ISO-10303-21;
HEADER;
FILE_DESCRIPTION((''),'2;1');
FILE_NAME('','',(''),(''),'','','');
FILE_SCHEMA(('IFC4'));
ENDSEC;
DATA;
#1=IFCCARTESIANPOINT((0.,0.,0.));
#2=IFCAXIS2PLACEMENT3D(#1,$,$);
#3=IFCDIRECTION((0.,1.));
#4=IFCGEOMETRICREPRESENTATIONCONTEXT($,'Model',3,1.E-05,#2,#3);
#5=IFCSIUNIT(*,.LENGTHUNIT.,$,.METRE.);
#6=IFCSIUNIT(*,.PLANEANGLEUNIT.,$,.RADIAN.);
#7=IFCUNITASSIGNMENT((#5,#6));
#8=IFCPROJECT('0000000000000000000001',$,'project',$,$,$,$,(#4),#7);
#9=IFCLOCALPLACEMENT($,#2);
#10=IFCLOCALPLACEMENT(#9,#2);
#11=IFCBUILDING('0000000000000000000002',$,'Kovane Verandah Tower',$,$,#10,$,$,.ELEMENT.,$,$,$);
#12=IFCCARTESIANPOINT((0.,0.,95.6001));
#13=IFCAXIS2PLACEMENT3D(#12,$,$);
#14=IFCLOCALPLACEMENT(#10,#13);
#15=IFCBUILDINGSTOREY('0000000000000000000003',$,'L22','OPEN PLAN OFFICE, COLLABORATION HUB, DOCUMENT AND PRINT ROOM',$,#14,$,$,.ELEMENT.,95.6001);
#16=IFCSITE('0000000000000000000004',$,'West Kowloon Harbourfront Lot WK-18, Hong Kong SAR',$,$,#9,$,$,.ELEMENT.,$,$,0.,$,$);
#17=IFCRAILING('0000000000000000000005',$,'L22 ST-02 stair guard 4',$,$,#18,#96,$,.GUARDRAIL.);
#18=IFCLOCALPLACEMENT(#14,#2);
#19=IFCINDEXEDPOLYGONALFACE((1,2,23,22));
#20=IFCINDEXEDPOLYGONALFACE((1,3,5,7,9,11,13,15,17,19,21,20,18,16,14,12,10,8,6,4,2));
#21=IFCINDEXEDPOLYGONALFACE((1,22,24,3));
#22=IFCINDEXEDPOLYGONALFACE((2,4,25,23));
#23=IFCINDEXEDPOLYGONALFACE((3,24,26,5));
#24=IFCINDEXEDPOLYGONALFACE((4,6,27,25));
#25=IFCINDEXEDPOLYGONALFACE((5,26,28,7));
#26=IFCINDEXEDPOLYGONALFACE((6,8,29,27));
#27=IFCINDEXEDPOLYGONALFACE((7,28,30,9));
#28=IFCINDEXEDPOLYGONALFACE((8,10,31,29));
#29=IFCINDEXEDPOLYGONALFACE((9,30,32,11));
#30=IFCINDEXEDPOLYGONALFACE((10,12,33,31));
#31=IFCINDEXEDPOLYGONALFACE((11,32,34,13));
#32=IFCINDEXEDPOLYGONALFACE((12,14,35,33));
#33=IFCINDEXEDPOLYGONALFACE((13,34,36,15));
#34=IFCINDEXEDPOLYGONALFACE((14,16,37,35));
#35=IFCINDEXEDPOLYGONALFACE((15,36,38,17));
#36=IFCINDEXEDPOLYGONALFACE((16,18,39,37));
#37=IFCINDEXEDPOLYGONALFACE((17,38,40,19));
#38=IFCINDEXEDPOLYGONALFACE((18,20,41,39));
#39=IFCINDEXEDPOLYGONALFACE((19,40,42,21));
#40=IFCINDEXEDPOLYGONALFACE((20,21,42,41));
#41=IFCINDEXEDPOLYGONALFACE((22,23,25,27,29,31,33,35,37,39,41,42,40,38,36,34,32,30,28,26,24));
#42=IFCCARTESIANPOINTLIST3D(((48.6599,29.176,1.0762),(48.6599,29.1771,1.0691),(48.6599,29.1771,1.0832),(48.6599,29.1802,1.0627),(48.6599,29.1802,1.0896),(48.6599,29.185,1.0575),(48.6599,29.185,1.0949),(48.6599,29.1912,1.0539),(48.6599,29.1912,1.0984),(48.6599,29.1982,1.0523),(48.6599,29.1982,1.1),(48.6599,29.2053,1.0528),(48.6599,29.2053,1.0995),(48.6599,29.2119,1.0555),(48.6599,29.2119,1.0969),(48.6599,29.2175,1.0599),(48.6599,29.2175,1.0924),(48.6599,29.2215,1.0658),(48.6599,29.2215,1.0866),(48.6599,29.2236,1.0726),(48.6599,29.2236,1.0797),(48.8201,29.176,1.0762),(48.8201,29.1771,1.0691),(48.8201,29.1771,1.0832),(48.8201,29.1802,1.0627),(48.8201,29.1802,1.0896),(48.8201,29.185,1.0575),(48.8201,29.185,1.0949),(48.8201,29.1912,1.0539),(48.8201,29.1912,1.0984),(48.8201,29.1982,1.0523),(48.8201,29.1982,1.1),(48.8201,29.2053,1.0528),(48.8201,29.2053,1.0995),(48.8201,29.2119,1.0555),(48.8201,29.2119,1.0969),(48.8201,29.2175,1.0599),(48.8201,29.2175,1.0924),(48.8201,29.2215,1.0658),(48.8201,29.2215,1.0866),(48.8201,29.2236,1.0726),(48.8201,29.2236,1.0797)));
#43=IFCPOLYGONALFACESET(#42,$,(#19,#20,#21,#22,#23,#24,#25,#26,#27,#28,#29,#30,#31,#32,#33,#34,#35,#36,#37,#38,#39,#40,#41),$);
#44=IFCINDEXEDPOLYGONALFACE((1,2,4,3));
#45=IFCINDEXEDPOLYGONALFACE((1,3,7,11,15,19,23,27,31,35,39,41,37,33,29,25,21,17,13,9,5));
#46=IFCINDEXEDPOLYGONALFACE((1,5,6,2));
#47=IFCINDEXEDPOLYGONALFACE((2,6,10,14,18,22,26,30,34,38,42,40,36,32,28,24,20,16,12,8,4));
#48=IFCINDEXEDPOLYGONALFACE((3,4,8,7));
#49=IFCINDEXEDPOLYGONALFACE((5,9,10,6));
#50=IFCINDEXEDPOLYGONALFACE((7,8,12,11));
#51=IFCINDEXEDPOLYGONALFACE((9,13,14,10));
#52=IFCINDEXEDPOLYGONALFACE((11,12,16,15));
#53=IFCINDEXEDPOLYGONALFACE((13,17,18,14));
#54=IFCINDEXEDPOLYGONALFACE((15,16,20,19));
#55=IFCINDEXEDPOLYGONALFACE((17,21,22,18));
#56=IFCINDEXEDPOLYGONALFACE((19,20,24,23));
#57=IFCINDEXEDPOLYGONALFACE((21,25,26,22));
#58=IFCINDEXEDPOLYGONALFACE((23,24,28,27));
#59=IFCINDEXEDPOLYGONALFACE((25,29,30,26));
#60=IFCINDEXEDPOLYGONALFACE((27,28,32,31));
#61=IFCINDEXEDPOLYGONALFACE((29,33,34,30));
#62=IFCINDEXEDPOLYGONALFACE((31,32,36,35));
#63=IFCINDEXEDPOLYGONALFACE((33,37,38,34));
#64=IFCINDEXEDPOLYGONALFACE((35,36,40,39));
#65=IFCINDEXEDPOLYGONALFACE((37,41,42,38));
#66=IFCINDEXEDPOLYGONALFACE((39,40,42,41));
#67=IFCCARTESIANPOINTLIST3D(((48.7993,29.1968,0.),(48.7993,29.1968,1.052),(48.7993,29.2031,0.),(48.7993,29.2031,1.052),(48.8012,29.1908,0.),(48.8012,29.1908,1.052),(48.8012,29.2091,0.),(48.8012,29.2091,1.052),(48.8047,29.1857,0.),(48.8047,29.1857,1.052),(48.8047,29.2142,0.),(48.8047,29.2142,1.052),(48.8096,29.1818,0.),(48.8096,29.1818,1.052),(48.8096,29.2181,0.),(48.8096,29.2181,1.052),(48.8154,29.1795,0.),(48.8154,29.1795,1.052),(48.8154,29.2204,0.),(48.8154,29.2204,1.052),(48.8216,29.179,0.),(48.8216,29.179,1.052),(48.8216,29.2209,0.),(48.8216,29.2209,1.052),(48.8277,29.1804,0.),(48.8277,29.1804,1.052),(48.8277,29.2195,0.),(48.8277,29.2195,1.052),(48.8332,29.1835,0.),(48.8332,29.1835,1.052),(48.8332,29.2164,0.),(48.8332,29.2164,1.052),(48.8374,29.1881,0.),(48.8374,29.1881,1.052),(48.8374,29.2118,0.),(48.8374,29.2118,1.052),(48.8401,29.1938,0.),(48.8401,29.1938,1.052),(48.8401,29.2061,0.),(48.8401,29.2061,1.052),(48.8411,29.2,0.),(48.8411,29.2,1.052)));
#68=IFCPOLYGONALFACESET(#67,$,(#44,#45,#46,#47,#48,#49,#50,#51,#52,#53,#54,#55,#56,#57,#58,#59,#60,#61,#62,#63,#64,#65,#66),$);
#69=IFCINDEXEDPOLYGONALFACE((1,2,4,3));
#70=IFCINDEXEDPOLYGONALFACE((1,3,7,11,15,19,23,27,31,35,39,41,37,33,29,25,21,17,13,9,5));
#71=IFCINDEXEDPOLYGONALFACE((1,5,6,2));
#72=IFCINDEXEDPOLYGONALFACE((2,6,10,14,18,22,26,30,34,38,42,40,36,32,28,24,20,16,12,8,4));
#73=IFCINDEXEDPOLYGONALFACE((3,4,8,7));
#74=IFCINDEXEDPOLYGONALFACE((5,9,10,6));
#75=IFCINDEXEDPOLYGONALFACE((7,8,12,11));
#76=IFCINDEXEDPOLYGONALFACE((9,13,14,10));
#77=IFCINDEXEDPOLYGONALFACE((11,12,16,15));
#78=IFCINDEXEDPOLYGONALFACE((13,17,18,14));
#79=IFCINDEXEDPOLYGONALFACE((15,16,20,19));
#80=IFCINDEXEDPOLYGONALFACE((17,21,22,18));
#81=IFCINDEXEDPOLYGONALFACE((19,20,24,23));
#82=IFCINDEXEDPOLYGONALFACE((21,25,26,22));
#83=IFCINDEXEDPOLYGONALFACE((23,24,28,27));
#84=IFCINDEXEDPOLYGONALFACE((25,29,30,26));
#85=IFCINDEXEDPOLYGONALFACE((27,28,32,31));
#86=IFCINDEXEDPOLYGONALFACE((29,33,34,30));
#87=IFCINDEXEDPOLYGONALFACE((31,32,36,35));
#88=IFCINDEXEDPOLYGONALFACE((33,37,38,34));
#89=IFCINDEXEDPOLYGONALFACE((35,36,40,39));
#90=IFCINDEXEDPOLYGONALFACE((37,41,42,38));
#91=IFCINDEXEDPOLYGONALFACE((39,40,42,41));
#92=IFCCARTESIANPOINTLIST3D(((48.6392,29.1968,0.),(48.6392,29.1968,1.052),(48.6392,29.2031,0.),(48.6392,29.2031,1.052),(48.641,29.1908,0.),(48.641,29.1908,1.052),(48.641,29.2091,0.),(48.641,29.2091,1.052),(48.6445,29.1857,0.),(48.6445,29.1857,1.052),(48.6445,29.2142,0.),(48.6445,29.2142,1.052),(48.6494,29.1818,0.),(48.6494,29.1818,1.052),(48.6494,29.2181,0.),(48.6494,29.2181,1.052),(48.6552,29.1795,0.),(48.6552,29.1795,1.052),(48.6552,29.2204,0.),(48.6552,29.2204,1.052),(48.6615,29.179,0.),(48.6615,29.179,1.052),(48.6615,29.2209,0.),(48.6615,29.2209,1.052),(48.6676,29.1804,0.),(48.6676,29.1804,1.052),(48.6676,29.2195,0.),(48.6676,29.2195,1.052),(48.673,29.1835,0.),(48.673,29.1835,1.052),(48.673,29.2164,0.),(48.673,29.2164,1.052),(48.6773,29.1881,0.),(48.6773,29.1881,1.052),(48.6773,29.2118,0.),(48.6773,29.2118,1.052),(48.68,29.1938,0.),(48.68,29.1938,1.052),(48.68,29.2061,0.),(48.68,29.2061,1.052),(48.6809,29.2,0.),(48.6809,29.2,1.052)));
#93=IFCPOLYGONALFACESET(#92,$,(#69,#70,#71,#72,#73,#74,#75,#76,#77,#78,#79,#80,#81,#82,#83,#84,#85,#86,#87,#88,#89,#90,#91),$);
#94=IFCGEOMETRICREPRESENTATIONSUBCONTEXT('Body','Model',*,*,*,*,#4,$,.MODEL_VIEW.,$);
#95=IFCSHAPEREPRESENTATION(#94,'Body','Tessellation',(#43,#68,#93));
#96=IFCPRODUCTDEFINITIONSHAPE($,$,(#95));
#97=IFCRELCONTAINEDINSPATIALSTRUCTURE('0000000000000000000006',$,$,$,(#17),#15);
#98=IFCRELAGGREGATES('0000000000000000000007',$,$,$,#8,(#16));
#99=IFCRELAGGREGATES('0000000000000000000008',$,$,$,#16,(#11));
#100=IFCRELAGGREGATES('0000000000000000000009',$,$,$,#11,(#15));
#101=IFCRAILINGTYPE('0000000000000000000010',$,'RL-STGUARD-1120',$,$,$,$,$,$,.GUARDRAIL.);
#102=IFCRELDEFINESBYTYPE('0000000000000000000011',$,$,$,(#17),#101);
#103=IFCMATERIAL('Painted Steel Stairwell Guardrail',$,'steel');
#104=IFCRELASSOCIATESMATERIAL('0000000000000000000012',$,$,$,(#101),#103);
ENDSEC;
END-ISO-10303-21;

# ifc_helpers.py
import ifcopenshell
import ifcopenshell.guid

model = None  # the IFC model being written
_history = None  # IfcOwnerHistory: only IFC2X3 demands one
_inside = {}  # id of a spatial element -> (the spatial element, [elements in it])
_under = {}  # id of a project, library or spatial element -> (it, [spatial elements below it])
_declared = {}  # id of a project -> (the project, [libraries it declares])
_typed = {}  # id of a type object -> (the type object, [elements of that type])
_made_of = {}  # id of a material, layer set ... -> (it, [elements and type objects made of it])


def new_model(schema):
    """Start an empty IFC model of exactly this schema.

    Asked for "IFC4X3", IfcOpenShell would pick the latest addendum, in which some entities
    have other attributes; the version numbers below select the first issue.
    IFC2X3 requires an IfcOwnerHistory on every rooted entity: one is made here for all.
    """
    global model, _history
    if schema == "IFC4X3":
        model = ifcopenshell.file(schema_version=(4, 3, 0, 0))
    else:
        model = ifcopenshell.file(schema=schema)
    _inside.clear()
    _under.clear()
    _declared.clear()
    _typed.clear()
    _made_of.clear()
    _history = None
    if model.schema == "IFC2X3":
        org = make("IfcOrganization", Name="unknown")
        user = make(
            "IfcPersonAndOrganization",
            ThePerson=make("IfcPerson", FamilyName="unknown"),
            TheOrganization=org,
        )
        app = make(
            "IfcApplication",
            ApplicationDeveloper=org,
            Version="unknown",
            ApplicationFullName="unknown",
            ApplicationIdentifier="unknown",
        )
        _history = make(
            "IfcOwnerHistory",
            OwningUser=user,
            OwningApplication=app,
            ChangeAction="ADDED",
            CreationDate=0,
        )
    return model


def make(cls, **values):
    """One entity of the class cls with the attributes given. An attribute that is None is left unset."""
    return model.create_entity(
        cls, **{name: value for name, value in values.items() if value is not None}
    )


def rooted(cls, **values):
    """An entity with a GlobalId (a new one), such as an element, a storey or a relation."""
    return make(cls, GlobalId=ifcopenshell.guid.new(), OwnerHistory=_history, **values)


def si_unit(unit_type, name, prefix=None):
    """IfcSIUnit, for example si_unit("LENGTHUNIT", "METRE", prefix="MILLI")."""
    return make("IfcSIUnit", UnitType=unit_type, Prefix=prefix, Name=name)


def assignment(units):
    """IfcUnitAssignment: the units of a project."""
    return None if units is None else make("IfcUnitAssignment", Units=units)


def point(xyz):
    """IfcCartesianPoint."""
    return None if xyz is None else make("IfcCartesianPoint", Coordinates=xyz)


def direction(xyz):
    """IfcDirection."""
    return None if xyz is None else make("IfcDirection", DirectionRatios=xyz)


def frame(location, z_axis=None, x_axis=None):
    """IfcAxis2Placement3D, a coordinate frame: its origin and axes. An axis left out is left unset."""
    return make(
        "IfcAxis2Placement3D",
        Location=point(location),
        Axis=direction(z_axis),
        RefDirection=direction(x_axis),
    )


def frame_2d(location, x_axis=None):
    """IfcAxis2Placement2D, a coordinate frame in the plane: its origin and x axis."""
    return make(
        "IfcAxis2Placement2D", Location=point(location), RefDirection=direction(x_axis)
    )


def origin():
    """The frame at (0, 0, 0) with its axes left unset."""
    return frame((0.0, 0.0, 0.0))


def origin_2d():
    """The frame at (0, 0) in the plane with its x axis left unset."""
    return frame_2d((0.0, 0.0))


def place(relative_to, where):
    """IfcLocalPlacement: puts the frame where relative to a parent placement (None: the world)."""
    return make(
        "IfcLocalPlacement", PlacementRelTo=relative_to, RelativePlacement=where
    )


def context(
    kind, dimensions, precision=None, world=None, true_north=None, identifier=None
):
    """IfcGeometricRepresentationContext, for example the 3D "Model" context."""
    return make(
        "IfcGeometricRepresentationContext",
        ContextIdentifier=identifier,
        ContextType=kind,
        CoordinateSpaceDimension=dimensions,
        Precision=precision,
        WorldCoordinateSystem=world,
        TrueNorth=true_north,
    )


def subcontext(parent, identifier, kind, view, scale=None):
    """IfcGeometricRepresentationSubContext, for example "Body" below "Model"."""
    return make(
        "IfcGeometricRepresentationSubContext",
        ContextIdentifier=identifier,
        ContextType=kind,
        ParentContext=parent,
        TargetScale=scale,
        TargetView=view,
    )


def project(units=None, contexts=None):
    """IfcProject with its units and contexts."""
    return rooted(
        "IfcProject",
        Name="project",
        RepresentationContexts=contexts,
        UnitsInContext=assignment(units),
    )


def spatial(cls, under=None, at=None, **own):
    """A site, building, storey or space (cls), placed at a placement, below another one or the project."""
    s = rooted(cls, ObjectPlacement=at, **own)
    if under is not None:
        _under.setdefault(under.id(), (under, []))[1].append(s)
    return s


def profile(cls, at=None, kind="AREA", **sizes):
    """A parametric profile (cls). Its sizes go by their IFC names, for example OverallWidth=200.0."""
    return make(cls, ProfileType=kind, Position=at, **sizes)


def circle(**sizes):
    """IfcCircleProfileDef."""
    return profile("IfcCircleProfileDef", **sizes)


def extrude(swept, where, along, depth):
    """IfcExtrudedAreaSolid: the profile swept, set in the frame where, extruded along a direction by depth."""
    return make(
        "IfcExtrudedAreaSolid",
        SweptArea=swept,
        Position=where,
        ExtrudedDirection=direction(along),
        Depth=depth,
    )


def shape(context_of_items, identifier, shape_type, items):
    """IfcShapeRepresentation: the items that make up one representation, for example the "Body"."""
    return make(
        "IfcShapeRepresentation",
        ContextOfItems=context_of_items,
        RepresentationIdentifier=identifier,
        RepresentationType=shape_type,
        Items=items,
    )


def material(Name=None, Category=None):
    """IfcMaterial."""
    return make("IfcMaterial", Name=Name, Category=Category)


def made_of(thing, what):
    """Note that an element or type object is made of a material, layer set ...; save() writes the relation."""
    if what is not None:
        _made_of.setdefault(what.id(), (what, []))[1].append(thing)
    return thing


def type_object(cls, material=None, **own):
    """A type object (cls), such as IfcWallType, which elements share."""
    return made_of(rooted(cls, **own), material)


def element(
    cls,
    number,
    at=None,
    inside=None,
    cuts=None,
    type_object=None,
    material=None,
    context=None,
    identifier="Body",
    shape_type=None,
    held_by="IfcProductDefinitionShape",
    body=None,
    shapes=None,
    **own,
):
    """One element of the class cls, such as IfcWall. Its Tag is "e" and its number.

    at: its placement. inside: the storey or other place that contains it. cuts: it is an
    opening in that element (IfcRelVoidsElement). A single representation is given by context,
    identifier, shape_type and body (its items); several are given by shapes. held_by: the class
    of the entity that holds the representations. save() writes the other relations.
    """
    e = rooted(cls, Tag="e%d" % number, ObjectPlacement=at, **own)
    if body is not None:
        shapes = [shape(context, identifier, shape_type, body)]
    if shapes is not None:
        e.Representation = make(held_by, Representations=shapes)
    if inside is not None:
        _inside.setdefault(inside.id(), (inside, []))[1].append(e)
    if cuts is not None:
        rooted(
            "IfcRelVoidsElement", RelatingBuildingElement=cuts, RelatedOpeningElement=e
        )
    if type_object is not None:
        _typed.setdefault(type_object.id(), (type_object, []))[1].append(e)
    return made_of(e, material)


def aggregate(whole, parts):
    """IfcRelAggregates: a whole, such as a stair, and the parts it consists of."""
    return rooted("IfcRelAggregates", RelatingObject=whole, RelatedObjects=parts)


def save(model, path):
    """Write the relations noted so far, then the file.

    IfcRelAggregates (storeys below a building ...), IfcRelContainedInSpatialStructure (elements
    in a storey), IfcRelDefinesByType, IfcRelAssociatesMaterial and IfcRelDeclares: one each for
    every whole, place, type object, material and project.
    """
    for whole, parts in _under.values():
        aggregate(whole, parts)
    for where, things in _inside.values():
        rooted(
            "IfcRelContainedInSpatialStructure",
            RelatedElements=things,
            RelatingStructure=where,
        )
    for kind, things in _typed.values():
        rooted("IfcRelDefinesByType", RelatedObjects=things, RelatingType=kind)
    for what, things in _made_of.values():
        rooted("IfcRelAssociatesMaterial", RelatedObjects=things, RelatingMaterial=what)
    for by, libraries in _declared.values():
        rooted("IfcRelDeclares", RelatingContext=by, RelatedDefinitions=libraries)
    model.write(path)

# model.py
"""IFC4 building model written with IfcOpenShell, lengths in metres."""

from ifc_helpers import new_model, si_unit, direction, frame, origin, origin_2d, place, context, subcontext, project, spatial, circle, extrude, material, type_object, element, save


model = new_model("IFC4")

# Units and contexts
model_context = context("Model", 3, precision=1e-05, world=origin(), true_north=direction((0.0, 1.0)))
body_context = subcontext(model_context, "Body", "Model", "MODEL_VIEW")
ifc_project = project(units=[si_unit("LENGTHUNIT", "METRE"), si_unit("PLANEANGLEUNIT", "RADIAN")], contexts=[model_context])

# Site, building, storey
site_placement = place(None, origin())
site = spatial("IfcSite", under=ifc_project, at=site_placement, Name="West Kowloon Harbourfront Lot WK-18, Hong Kong SAR", CompositionType="ELEMENT", RefElevation=0.0)
building_placement = place(site_placement, origin())
building = spatial("IfcBuilding", under=site, at=building_placement, Name="Kovane Verandah Tower", CompositionType="ELEMENT")
storey_placement = place(building_placement, frame((0.0, 0.0, 95.6001)))
storey = spatial("IfcBuildingStorey", under=building, at=storey_placement, Name="L22", Description="OPEN PLAN OFFICE, COLLABORATION HUB, DOCUMENT AND PRINT ROOM", CompositionType="ELEMENT", Elevation=95.6001)

# Railing
ifc_material_1 = material(Name="Painted Steel Stairwell Guardrail", Category="steel")
railing_type_1 = type_object("IfcRailingType", Name="RL-STGUARD-1120", PredefinedType="GUARDRAIL", material=ifc_material_1)
railing_1_placement = place(storey_placement, frame((48.8201, 29.2, 0.0)))
element("IfcRailing", 1, at=railing_1_placement, inside=storey, type_object=railing_type_1, Name="L22 ST-02 stair guard 4", PredefinedType="GUARDRAIL", context=body_context, shape_type="SweptSolid", body=[
    extrude(circle(Radius=0.0239, at=origin_2d()), frame((0.0, 0.0, 1.0762), z_axis=(-1.0, 0.0, 0.0), x_axis=(0.0, -1.0, 0.0)), (0.0, 0.0, 1.0), 0.1602),
    extrude(circle(Radius=0.021, at=origin_2d()), origin(), (0.0, 0.0, 1.0), 1.052),
    extrude(circle(Radius=0.021, at=origin_2d()), frame((-0.1602, 0.0, 0.0)), (0.0, 0.0, 1.0), 1.052),
])

save(model, "model.ifc")
